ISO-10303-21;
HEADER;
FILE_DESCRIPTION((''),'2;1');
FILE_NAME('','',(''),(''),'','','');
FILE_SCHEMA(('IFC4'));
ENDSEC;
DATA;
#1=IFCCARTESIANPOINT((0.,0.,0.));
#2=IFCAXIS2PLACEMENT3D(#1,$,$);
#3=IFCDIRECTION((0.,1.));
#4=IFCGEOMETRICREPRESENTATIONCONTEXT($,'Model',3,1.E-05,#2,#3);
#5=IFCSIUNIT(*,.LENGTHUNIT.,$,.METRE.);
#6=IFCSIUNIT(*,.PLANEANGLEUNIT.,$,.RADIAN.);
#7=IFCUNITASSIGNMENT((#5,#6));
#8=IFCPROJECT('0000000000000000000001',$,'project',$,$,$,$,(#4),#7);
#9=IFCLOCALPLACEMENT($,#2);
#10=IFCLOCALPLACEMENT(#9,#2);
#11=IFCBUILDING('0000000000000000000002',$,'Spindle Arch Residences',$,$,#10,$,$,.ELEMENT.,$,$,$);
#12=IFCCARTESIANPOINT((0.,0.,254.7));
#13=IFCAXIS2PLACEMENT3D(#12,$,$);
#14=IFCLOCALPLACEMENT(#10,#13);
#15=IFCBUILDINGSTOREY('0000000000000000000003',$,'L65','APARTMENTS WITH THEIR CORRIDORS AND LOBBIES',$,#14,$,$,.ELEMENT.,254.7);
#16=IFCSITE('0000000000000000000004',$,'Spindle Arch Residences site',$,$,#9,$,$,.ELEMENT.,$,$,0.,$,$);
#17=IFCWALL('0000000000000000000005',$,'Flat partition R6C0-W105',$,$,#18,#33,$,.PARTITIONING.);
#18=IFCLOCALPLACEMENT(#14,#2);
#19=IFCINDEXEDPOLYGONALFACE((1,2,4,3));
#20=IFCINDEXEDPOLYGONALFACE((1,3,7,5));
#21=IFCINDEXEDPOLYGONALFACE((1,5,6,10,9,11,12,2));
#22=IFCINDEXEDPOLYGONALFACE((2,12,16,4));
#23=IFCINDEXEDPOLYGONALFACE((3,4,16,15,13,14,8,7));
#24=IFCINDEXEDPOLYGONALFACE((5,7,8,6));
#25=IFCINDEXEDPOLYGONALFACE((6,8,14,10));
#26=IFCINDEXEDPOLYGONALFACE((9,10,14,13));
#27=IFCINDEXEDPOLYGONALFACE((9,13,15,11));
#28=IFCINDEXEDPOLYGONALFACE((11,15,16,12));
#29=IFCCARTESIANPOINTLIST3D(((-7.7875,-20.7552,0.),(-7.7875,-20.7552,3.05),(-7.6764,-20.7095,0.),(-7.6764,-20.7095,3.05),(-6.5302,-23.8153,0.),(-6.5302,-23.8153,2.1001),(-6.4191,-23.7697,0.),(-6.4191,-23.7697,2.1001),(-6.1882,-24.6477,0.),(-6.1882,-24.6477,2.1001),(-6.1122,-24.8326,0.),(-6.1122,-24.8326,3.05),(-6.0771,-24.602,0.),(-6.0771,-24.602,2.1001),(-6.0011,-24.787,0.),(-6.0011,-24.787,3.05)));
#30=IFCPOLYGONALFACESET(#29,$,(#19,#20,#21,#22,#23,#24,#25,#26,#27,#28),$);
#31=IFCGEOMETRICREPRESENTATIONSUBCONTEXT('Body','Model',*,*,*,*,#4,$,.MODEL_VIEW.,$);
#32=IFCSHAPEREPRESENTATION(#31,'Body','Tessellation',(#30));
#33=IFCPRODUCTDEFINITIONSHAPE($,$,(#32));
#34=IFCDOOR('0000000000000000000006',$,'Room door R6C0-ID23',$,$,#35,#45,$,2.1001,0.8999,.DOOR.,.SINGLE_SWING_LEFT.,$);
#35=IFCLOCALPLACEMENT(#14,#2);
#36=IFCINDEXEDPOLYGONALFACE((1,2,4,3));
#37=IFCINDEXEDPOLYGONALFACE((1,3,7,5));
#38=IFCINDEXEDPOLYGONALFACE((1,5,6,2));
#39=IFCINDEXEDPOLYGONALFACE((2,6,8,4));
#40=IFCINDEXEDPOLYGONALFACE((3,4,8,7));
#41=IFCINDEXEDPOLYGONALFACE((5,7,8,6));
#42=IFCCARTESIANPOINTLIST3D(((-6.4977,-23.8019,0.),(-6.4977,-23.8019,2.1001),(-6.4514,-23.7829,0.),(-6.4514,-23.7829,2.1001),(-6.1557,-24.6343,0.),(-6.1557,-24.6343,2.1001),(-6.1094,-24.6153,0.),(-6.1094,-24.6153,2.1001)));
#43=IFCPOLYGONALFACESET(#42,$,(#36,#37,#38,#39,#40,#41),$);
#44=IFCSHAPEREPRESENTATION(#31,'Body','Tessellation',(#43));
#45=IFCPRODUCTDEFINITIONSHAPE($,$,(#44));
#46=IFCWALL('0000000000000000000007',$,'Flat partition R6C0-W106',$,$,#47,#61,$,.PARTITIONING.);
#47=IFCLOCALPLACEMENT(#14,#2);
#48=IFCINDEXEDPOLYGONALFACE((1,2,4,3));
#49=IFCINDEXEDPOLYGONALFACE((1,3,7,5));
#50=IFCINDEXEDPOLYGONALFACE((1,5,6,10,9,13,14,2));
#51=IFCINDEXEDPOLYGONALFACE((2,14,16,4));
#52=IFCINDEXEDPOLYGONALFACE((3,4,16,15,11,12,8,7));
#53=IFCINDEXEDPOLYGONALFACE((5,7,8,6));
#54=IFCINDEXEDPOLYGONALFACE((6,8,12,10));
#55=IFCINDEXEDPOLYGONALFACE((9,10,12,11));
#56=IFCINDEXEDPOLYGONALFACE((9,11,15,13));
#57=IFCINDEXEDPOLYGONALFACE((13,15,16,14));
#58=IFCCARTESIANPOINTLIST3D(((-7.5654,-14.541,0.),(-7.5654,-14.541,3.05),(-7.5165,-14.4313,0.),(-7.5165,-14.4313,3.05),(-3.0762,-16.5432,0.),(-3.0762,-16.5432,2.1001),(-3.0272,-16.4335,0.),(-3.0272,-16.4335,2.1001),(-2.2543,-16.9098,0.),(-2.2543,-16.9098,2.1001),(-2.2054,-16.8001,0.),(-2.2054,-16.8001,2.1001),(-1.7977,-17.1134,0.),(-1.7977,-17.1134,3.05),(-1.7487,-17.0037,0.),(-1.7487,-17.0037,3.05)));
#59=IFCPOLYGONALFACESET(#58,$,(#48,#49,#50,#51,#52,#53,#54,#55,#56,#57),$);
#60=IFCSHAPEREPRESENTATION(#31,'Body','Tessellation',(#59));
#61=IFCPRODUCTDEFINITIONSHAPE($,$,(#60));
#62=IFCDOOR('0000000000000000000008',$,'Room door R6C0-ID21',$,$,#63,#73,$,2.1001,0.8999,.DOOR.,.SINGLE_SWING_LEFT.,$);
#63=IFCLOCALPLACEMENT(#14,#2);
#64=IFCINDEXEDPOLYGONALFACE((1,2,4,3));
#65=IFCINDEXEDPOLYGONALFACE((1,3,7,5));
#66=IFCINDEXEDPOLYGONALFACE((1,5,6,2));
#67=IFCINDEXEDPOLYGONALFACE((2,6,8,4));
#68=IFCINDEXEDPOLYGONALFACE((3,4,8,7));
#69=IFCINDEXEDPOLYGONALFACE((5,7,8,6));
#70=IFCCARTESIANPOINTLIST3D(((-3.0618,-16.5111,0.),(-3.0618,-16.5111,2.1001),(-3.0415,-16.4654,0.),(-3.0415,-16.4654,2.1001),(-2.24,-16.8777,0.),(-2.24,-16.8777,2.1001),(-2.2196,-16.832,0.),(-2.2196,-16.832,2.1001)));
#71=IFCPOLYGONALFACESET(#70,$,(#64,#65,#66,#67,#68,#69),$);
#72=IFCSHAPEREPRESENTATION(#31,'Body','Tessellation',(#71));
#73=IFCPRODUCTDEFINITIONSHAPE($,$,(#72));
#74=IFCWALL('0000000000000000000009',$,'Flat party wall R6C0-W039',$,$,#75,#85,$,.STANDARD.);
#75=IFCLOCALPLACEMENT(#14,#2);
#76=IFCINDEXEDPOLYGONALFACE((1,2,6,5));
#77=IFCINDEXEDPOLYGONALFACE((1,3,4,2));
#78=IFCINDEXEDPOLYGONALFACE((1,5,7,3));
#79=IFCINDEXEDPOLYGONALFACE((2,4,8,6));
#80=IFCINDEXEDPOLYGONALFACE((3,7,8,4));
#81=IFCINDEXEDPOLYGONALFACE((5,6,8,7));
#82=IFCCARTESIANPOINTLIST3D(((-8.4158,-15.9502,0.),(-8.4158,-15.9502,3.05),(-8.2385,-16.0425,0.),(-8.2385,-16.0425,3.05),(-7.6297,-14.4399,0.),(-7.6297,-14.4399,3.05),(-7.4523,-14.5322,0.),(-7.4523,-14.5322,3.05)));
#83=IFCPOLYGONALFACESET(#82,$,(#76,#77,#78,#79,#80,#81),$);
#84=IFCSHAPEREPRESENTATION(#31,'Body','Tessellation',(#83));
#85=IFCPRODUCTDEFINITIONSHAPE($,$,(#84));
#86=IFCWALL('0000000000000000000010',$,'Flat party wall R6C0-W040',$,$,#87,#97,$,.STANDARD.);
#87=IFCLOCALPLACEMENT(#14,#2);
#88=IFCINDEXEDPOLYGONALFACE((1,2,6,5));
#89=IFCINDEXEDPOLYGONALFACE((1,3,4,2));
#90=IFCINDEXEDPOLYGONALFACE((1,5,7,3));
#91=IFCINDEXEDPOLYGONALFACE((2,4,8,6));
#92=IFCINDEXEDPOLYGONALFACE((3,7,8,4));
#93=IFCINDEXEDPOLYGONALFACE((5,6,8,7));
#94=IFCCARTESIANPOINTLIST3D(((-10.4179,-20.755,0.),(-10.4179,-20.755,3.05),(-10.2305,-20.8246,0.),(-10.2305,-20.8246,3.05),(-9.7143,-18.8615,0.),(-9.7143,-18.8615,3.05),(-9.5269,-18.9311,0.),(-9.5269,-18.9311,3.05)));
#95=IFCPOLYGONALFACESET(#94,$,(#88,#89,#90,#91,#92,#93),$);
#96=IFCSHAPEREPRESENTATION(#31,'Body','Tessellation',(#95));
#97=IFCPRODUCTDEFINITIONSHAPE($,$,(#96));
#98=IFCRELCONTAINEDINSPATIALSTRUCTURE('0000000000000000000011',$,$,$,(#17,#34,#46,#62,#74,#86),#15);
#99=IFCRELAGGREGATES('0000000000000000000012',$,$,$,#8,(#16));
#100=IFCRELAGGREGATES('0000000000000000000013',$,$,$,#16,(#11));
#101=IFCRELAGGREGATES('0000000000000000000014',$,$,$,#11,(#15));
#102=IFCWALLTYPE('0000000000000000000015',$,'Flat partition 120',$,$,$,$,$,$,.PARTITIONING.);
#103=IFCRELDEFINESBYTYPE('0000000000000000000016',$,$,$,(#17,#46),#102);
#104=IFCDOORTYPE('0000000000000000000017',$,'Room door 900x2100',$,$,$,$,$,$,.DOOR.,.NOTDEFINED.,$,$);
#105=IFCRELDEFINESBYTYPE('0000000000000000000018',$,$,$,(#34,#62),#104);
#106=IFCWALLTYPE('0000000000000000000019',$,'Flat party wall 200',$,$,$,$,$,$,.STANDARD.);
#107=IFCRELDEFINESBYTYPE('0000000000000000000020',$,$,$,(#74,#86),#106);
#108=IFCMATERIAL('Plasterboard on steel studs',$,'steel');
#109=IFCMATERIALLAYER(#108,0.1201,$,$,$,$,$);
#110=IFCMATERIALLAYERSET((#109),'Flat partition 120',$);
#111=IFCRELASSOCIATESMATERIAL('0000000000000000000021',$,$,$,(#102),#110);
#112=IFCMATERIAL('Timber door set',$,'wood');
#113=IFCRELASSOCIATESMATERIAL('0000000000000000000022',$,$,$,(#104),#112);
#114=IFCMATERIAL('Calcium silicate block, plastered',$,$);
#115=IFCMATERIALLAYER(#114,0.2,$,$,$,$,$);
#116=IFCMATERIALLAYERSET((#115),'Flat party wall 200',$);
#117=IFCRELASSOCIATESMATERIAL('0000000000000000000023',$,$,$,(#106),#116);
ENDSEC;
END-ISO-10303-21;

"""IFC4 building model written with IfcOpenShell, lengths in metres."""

from ifc_helpers import new_model, si_unit, direction, frame, frame_2d, origin, place, context, subcontext, project, spatial, rectangle, extrude, material, layer, layer_set, type_object, element, fill, save


model = new_model("IFC4")

# Units and contexts
model_context = context("Model", 3, precision=1e-05, world=origin(), true_north=direction((0.0, 1.0)))
body_context = subcontext(model_context, "Body", "Model", "MODEL_VIEW")
ifc_project = project(units=[si_unit("LENGTHUNIT", "METRE"), si_unit("PLANEANGLEUNIT", "RADIAN")], contexts=[model_context])

# Site, building, storey
site_placement = place(None, origin())
site = spatial("IfcSite", under=ifc_project, at=site_placement, Name="Spindle Arch Residences site", CompositionType="ELEMENT", RefElevation=0.0)
building_placement = place(site_placement, origin())
building = spatial("IfcBuilding", under=site, at=building_placement, Name="Spindle Arch Residences", CompositionType="ELEMENT")
storey_placement = place(building_placement, frame((0.0, 0.0, 254.7)))
storey = spatial("IfcBuildingStorey", under=building, at=storey_placement, Name="L65", Description="APARTMENTS WITH THEIR CORRIDORS AND LOBBIES", CompositionType="ELEMENT", Elevation=254.7)

# Shared definitions
ifc_material_1 = material(Name="Plasterboard on steel studs", Category="steel")
ifc_layer_1 = layer(ifc_material_1, 0.1201)
ifc_layer_set_1 = layer_set([ifc_layer_1], Name="Flat partition 120")
wall_type_1 = type_object("IfcWallType", Name="Flat partition 120", PredefinedType="PARTITIONING", material=ifc_layer_set_1)
ifc_material_2 = material(Name="Timber door set", Category="wood")
door_type_1 = type_object("IfcDoorType", Name="Room door 900x2100", OperationType="NOTDEFINED", PredefinedType="DOOR", material=ifc_material_2)

# Walls, openings, doors
wall_1_placement = place(storey_placement, frame((-6.0566, -24.8098, 0.0), z_axis=(0.0, 0.0, 1.0), x_axis=(-0.380045, 0.924968, 0.0)))
wall_1 = element("IfcWall", 1, at=wall_1_placement, inside=storey, type_object=wall_type_1, Name="Flat partition R6C0-W105", PredefinedType="PARTITIONING", context=body_context, shape_type="SweptSolid", body=[
    extrude(rectangle(XDim=4.4082, YDim=0.1201, at=frame_2d((2.2041, 0.0))), origin(), (0.0, 0.0, 1.0), 3.05),
])
opening_1_placement = place(wall_1_placement, frame((0.2, 0.0, 0.0)))
opening_1 = element("IfcOpeningElement", 2, at=opening_1_placement, cuts=wall_1, PredefinedType="OPENING", context=body_context, shape_type="SweptSolid", body=[
    extrude(rectangle(XDim=0.8999, YDim=2.1001, at=frame_2d((0.45, 1.05))), frame((0.0, 0.0701, 0.0), z_axis=(0.0, -1.0, 0.0), x_axis=(1.0, 0.0, 0.0)), (0.0, 0.0, 1.0), 0.1401),
])
door_1_placement = place(opening_1_placement, origin())
door_1 = element("IfcDoor", 3, at=door_1_placement, inside=storey, type_object=door_type_1, Name="Room door R6C0-ID23", OperationType="SINGLE_SWING_LEFT", OverallHeight=2.1001, OverallWidth=0.8999, PredefinedType="DOOR", context=body_context, shape_type="SweptSolid", body=[
    extrude(rectangle(XDim=0.8999, YDim=2.1001, at=frame_2d((0.45, 1.05))), frame((0.0, 0.0249, 0.0), z_axis=(0.0, -1.0, 0.0), x_axis=(1.0, 0.0, 0.0)), (0.0, 0.0, 1.0), 0.05),
])
fill(opening_1, door_1)
wall_2_placement = place(storey_placement, frame((-1.7732, -17.0586, 0.0), z_axis=(0.0, 0.0, 1.0), x_axis=(-0.91328, 0.407333, 0.0)))
wall_2 = element("IfcWall", 4, at=wall_2_placement, inside=storey, type_object=wall_type_1, Name="Flat partition R6C0-W106", PredefinedType="PARTITIONING", context=body_context, shape_type="SweptSolid", body=[
    extrude(rectangle(XDim=6.3154, YDim=0.1201, at=frame_2d((3.1577, 0.0))), origin(), (0.0, 0.0, 1.0), 3.05),
])
opening_2_placement = place(wall_2_placement, frame((0.5, 0.0, 0.0)))
opening_2 = element("IfcOpeningElement", 5, at=opening_2_placement, cuts=wall_2, PredefinedType="OPENING", context=body_context, shape_type="SweptSolid", body=[
    extrude(rectangle(XDim=0.8999, YDim=2.1001, at=frame_2d((0.45, 1.05))), frame((0.0, 0.0701, 0.0), z_axis=(0.0, -1.0, 0.0), x_axis=(1.0, 0.0, 0.0)), (0.0, 0.0, 1.0), 0.1401),
])
door_2_placement = place(opening_2_placement, origin())
door_2 = element("IfcDoor", 6, at=door_2_placement, inside=storey, type_object=door_type_1, Name="Room door R6C0-ID21", OperationType="SINGLE_SWING_LEFT", OverallHeight=2.1001, OverallWidth=0.8999, PredefinedType="DOOR", context=body_context, shape_type="SweptSolid", body=[
    extrude(rectangle(XDim=0.8999, YDim=2.1001, at=frame_2d((0.45, 1.05))), frame((0.0, 0.0249, 0.0), z_axis=(0.0, -1.0, 0.0), x_axis=(1.0, 0.0, 0.0)), (0.0, 0.0, 1.0), 0.05),
])
fill(opening_2, door_2)

# Walls
ifc_material_3 = material(Name="Calcium silicate block, plastered")
ifc_layer_2 = layer(ifc_material_3, 0.2)
ifc_layer_set_2 = layer_set([ifc_layer_2], Name="Flat party wall 200")
wall_type_2 = type_object("IfcWallType", Name="Flat party wall 200", PredefinedType="STANDARD", material=ifc_layer_set_2)
wall_3_placement = place(storey_placement, frame((-8.3271, -15.9963, 0.0), z_axis=(0.0, 0.0, 1.0), x_axis=(0.461723, 0.887024, 0.0)))
element("IfcWall", 7, at=wall_3_placement, inside=storey, type_object=wall_type_2, Name="Flat party wall R6C0-W039", PredefinedType="STANDARD", context=body_context, shape_type="SweptSolid", body=[
    extrude(rectangle(XDim=1.7026, YDim=0.2, at=frame_2d((0.8513, 0.0))), origin(), (0.0, 0.0, 1.0), 3.05),
])
wall_4_placement = place(storey_placement, frame((-10.3242, -20.7898, 0.0), z_axis=(0.0, 0.0, 1.0), x_axis=(0.348314, 0.937378, 0.0)))
element("IfcWall", 8, at=wall_4_placement, inside=storey, type_object=wall_type_2, Name="Flat party wall R6C0-W040", PredefinedType="STANDARD", context=body_context, shape_type="SweptSolid", body=[
    extrude(rectangle(XDim=2.02, YDim=0.2, at=frame_2d((1.01, 0.0))), origin(), (0.0, 0.0, 1.0), 3.05),
])

save(model, "model.ifc")
